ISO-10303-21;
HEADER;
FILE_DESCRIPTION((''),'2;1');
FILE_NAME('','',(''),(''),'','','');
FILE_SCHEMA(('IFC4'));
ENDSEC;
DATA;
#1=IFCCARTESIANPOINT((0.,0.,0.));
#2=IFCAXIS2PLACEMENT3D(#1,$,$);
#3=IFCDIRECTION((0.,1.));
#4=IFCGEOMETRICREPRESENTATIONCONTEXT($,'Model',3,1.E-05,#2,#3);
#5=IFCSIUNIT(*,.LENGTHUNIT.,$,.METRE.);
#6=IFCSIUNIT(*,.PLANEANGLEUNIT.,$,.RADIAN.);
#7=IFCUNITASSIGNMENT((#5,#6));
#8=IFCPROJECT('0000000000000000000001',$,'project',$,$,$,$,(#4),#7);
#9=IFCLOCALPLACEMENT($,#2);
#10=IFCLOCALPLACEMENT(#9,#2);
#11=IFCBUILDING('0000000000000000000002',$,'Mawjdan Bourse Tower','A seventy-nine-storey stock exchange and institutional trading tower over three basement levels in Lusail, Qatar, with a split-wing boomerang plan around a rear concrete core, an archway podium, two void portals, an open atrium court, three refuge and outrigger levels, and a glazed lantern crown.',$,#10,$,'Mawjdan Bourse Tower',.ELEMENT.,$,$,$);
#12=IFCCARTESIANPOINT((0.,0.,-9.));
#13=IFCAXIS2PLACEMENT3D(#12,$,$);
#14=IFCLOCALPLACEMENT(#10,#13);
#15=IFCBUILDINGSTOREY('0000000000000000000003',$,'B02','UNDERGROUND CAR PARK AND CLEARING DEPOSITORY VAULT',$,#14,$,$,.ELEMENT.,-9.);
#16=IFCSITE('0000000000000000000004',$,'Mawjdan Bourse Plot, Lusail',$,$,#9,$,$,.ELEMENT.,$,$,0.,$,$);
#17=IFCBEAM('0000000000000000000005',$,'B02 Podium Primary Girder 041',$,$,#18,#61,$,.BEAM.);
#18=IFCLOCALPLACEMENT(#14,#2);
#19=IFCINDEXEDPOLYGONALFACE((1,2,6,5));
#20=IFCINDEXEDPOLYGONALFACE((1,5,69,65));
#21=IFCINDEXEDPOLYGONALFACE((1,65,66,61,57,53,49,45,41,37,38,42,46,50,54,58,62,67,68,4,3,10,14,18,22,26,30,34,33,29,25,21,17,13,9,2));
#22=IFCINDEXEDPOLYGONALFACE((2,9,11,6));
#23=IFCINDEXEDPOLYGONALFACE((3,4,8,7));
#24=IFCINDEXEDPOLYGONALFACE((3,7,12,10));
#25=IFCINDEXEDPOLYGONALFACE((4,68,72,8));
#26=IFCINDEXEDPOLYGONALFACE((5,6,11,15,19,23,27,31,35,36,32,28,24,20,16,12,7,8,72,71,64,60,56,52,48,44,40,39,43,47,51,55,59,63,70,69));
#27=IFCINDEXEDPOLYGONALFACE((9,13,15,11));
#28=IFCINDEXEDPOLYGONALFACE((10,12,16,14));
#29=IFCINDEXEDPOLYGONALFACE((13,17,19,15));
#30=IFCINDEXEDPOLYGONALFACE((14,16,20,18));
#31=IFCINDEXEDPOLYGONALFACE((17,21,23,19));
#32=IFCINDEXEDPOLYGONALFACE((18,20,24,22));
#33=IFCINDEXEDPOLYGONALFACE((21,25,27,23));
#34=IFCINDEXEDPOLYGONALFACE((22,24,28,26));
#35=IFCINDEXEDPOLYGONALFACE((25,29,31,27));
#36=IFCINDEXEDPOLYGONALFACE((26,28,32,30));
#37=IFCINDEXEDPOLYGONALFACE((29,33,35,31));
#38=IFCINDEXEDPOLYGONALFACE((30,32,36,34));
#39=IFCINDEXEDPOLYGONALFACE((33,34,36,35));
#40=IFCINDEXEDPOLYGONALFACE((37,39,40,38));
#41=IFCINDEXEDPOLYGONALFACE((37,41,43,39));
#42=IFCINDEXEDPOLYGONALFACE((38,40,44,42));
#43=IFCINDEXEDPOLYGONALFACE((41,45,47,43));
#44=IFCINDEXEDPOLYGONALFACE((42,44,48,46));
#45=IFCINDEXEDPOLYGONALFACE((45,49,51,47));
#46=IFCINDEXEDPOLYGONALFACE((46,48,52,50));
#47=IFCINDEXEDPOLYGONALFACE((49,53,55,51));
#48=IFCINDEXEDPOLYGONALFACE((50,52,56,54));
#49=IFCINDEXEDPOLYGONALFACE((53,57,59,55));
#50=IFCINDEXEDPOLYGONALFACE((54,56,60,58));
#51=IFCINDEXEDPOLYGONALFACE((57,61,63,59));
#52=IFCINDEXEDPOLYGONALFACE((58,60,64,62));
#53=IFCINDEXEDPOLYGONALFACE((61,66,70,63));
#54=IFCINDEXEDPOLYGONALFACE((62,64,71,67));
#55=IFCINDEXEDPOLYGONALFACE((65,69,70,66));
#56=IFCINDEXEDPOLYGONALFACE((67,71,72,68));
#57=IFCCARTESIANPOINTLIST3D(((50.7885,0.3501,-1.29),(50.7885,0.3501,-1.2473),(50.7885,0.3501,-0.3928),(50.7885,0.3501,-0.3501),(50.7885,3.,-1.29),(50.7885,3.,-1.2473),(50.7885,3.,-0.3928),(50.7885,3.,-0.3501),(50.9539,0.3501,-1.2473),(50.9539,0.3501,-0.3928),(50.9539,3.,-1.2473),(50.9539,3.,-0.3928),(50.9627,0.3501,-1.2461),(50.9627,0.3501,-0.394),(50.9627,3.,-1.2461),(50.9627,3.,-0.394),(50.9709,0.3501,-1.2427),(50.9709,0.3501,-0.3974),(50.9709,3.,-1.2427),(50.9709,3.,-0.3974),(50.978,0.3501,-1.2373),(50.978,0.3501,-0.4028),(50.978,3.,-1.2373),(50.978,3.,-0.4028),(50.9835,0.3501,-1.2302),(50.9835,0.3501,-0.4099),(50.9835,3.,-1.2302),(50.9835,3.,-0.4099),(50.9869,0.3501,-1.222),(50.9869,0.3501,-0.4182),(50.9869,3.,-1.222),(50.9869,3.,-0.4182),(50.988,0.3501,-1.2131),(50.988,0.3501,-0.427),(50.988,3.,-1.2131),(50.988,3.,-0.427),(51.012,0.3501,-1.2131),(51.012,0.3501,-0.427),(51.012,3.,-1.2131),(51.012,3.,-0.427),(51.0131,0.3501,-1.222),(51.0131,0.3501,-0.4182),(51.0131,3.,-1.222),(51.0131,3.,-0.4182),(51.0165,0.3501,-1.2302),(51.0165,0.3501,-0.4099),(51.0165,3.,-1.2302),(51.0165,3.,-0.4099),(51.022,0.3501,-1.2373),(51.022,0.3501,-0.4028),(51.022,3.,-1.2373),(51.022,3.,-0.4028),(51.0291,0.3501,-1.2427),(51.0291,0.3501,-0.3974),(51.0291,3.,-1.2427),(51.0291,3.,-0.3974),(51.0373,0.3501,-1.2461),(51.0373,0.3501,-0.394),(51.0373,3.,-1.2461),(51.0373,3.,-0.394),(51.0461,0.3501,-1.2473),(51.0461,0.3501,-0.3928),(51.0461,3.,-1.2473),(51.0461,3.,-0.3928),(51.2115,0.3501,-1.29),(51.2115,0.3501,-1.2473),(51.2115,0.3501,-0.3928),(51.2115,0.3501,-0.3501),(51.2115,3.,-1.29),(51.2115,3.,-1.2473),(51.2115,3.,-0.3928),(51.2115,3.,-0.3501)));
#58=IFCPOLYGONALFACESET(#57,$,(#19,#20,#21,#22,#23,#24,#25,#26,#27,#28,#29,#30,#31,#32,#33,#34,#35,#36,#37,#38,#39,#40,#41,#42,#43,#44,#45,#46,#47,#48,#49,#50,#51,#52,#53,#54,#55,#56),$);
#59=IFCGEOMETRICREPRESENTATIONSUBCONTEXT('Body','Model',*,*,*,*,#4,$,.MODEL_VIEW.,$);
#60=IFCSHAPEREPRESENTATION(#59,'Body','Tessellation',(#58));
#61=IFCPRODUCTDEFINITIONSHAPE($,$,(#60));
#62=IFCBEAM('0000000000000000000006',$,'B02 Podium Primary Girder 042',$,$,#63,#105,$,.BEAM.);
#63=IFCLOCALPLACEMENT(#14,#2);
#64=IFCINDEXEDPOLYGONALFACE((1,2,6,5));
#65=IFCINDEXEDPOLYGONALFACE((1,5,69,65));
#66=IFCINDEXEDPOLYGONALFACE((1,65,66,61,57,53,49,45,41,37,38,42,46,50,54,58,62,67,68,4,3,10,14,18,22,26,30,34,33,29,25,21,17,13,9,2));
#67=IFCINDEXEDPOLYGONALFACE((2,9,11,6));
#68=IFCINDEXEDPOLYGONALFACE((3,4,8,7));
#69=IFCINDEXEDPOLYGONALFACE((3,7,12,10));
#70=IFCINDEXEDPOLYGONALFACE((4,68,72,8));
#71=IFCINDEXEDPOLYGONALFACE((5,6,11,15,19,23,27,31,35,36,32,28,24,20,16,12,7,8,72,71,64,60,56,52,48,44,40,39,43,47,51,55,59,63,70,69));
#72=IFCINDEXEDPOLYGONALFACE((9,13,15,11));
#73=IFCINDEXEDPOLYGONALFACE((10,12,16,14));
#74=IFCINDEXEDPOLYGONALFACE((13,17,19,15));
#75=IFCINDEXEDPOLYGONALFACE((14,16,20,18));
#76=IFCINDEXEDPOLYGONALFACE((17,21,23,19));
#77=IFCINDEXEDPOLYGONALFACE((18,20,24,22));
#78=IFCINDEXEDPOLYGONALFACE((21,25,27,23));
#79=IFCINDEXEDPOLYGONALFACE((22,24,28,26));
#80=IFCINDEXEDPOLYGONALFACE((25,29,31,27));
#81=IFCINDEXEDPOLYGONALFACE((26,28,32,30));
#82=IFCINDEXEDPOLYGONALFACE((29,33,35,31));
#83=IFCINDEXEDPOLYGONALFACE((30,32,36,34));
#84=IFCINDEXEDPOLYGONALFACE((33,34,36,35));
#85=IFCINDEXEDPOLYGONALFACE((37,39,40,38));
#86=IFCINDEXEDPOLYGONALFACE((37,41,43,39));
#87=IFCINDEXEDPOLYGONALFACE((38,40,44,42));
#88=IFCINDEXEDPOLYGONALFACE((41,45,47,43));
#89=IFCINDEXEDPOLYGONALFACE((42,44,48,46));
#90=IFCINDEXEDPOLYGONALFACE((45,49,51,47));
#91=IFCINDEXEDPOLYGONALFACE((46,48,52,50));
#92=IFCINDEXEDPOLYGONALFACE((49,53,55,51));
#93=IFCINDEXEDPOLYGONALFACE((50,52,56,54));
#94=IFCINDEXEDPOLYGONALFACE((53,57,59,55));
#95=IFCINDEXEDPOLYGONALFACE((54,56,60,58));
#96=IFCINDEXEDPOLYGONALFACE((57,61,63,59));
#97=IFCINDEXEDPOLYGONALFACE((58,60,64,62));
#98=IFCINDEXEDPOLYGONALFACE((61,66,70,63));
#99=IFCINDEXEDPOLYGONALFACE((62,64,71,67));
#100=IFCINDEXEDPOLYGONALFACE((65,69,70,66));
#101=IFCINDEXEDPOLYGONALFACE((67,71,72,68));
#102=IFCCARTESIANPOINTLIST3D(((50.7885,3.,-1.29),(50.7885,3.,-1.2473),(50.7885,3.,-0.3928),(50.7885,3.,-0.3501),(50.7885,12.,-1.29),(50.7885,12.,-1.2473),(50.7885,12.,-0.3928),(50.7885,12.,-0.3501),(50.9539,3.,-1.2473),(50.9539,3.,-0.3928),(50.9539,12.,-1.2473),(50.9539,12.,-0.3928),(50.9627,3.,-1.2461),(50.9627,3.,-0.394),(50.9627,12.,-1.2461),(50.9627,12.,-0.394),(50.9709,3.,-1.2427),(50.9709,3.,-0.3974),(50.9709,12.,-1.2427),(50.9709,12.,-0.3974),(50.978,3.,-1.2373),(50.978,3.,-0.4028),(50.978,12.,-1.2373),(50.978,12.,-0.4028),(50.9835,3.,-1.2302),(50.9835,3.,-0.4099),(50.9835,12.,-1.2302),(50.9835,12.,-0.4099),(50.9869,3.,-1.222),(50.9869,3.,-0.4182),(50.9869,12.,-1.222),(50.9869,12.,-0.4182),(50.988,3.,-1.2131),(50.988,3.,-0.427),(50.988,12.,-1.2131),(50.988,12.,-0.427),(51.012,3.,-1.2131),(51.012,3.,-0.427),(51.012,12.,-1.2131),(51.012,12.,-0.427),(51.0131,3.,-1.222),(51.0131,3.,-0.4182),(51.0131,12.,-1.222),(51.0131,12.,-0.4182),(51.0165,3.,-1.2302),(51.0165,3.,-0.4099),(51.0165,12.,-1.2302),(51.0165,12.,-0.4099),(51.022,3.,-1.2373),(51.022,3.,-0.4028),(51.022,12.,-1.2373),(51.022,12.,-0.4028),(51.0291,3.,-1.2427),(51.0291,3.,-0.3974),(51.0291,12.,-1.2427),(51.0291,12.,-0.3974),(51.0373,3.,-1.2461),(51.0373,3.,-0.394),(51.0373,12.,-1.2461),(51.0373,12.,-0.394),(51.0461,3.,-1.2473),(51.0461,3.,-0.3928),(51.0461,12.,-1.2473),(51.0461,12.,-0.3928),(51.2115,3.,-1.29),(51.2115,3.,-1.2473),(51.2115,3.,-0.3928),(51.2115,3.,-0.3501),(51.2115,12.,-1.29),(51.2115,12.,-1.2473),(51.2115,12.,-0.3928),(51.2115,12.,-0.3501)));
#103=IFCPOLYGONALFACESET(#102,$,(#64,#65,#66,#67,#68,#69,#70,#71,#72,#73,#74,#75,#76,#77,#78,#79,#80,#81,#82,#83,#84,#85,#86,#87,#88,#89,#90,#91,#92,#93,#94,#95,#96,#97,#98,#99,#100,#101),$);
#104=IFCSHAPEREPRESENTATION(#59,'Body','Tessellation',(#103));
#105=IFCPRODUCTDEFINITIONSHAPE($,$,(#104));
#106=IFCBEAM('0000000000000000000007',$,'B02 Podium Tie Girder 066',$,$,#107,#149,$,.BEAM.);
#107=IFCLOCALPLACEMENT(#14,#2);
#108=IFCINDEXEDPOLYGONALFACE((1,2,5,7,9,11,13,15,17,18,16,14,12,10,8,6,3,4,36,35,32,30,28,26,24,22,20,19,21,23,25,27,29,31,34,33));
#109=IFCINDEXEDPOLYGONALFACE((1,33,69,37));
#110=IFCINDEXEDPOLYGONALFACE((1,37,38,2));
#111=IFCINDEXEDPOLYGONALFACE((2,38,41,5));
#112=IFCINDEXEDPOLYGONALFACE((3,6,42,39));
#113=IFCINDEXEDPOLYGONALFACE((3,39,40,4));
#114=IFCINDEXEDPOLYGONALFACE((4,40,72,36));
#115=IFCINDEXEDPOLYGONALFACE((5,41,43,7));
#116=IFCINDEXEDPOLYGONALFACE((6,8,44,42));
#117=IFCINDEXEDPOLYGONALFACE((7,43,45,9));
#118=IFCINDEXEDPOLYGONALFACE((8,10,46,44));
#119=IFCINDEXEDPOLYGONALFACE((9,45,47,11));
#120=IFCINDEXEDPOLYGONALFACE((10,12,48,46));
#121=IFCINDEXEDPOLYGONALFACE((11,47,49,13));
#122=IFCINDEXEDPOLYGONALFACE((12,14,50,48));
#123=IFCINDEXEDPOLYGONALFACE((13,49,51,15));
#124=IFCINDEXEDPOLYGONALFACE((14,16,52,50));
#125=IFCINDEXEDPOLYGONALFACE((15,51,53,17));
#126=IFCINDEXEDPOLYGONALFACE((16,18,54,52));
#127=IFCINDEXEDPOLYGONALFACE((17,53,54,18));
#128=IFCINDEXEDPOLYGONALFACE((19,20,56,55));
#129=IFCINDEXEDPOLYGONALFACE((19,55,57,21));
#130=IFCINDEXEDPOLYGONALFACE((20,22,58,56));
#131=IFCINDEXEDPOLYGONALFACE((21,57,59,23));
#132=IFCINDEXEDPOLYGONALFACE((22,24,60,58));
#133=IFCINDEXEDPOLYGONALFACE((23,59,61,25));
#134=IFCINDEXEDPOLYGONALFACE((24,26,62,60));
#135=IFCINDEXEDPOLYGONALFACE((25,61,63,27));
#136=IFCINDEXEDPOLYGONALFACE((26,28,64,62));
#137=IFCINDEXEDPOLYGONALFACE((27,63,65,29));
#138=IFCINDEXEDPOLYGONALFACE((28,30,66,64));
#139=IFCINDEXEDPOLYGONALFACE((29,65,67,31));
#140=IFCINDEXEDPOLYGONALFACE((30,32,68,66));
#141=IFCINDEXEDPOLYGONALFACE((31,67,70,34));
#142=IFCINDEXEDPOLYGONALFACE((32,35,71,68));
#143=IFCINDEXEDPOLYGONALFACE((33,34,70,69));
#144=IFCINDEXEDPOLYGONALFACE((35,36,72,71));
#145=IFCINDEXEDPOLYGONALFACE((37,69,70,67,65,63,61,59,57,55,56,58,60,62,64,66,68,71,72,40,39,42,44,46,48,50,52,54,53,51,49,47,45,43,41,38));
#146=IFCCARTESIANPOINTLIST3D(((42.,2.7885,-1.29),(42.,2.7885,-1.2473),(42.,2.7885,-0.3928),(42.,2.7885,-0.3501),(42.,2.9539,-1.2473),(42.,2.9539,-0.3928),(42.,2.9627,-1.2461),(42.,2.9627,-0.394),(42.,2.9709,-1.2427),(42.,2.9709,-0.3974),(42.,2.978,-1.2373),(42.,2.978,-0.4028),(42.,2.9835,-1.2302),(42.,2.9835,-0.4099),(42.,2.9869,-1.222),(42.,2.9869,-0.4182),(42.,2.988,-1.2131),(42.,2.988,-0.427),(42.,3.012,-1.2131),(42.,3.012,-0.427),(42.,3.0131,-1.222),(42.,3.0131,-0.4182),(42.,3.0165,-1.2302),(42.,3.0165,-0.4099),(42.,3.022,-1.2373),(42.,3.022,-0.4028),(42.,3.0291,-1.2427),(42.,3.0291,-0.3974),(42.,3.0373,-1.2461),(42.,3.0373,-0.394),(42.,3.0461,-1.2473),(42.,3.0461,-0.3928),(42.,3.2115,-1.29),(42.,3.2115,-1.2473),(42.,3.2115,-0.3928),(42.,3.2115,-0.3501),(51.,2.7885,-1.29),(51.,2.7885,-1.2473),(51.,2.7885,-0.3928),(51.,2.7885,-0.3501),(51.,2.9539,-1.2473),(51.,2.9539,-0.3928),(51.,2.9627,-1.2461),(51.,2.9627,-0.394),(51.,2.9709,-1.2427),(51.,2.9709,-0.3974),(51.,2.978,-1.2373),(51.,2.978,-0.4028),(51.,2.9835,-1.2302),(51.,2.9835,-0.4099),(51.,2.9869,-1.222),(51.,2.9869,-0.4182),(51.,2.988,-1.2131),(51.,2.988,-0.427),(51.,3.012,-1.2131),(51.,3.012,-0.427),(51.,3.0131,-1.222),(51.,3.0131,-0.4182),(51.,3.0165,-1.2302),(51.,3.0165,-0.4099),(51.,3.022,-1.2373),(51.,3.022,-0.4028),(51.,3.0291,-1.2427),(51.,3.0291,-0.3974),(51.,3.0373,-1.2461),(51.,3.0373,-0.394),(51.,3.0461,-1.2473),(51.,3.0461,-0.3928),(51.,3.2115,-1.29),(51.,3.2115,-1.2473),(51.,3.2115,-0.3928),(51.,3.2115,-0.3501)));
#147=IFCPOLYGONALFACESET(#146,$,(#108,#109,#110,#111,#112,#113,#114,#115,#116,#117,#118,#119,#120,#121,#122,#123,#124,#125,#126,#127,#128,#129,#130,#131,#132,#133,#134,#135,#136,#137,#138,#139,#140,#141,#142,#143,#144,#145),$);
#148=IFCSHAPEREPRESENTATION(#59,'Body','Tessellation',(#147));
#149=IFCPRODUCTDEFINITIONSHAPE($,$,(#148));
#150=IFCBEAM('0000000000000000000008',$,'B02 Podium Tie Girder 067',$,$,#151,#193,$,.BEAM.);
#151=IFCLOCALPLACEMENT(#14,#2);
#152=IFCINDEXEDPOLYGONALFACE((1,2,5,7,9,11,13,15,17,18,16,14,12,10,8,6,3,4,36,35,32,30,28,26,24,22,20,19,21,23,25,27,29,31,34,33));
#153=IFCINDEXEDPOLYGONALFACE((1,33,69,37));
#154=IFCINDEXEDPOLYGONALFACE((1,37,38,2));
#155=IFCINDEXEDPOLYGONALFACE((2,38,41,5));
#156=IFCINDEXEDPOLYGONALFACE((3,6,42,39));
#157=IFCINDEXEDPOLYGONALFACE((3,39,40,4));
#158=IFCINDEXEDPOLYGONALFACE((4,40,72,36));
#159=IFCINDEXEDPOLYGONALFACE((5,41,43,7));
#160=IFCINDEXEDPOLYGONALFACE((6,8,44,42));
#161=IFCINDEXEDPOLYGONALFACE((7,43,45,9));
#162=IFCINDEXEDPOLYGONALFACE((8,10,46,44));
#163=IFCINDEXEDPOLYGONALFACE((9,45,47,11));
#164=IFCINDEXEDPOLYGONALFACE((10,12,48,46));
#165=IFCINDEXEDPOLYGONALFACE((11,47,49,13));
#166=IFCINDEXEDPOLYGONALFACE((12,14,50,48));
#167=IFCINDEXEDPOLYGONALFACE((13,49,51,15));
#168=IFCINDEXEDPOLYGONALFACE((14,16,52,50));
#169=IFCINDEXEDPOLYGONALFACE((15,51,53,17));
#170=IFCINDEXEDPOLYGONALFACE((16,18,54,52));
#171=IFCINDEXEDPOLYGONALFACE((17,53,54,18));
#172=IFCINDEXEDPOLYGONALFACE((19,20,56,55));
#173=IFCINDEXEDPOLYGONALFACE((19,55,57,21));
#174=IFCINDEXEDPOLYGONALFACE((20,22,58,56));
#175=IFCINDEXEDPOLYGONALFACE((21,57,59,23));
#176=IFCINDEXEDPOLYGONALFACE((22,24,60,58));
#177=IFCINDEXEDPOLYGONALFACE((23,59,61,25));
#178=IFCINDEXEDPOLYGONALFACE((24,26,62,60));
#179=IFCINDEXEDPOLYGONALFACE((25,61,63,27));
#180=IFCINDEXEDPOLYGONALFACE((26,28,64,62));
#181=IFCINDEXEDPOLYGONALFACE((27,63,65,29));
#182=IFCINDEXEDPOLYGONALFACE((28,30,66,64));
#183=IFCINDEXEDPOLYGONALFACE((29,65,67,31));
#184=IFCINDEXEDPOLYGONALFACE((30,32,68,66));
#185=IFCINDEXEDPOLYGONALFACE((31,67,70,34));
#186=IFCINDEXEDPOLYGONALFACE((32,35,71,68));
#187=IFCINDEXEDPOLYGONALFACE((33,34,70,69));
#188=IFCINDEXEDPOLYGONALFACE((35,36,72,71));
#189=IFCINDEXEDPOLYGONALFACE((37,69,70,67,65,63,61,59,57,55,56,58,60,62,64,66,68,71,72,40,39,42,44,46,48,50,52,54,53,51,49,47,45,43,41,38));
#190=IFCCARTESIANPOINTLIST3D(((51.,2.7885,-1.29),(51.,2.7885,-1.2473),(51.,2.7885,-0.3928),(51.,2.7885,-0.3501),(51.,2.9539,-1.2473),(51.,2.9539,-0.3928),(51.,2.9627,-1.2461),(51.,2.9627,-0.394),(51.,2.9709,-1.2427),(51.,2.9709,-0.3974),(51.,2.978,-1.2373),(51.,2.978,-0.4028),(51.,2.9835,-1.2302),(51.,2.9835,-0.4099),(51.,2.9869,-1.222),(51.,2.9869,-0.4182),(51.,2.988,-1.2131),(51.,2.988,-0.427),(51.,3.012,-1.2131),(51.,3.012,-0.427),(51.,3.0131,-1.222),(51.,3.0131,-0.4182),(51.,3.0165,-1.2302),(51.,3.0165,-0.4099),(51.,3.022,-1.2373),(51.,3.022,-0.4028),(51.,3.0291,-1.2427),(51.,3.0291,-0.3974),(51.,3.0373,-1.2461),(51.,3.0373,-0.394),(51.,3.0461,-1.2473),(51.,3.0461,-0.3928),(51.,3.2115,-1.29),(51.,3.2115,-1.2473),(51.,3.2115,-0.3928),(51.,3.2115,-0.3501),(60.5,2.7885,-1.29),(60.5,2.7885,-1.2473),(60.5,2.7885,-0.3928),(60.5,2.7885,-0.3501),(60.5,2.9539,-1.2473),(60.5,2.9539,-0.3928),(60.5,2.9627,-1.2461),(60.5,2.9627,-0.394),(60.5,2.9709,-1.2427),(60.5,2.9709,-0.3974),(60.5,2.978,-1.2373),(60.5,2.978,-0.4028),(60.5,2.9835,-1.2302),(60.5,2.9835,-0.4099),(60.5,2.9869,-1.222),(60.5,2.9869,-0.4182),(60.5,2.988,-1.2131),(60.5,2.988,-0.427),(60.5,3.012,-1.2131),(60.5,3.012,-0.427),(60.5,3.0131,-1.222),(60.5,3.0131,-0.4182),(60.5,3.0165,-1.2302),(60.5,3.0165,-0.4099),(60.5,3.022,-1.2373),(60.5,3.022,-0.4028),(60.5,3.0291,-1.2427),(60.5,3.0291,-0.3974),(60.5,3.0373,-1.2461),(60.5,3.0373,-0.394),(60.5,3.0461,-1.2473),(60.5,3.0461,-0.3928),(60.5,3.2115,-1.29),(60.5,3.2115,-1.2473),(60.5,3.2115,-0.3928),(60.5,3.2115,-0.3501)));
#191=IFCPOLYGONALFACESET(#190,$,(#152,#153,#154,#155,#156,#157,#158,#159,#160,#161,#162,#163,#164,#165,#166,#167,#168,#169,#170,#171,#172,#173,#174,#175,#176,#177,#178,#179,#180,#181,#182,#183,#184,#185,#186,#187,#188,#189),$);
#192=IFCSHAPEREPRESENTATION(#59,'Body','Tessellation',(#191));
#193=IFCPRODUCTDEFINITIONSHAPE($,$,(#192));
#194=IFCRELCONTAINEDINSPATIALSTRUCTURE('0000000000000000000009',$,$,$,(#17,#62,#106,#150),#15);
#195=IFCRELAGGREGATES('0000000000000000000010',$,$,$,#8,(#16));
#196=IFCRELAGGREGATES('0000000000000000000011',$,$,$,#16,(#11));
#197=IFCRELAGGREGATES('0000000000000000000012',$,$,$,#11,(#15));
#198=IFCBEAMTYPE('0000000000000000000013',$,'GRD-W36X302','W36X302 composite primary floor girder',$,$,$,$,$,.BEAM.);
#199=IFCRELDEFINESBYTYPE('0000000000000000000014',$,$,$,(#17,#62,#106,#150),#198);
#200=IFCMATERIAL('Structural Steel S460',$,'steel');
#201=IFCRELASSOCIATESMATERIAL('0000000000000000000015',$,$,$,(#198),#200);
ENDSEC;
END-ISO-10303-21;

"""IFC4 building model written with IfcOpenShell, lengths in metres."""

from ifc_helpers import new_model, si_unit, direction, frame, origin, origin_2d, place, context, subcontext, project, spatial, i_section, extrude, material, material_profile, profile_set, type_object, element, save


model = new_model("IFC4")

# Units and contexts
model_context = context("Model", 3, precision=1e-05, world=origin(), true_north=direction((0.0, 1.0)))
body_context = subcontext(model_context, "Body", "Model", "MODEL_VIEW")
ifc_project = project(units=[si_unit("LENGTHUNIT", "METRE"), si_unit("PLANEANGLEUNIT", "RADIAN")], contexts=[model_context])

# Site, building, storey
site_placement = place(None, origin())
site = spatial("IfcSite", under=ifc_project, at=site_placement, Name="Mawjdan Bourse Plot, Lusail", CompositionType="ELEMENT", RefElevation=0.0)
building_placement = place(site_placement, origin())
building = spatial("IfcBuilding", under=site, at=building_placement, Name="Mawjdan Bourse Tower", Description="A seventy-nine-storey stock exchange and institutional trading tower over three basement levels in Lusail, Qatar, with a split-wing boomerang plan around a rear concrete core, an archway podium, two void portals, an open atrium court, three refuge and outrigger levels, and a glazed lantern crown.", LongName="Mawjdan Bourse Tower", CompositionType="ELEMENT")
storey_placement = place(building_placement, frame((0.0, 0.0, -9.0)))
storey = spatial("IfcBuildingStorey", under=building, at=storey_placement, Name="B02", Description="UNDERGROUND CAR PARK AND CLEARING DEPOSITORY VAULT", CompositionType="ELEMENT", Elevation=-9.0)

# Beams
ifc_material_1 = material(Name="Structural Steel S460", Category="steel")
ifc_material_profile_1 = material_profile(ifc_material_1, i_section(OverallWidth=0.4231, OverallDepth=0.9399, WebThickness=0.0239, FlangeThickness=0.0427, FilletRadius=0.0342, at=origin_2d()), Name="W36X302")
ifc_profile_set_1 = profile_set([ifc_material_profile_1], Name="Structural Steel S460")
beam_type_1 = type_object("IfcBeamType", Name="GRD-W36X302", Description="W36X302 composite primary floor girder", PredefinedType="BEAM", material=ifc_profile_set_1)
beam_1_placement = place(storey_placement, frame((51.0, 0.3501, -0.8201), z_axis=(0.0, 1.0, 0.0), x_axis=(-1.0, 0.0, 0.0)))
element("IfcBeam", 1, at=beam_1_placement, inside=storey, type_object=beam_type_1, Name="B02 Podium Primary Girder 041", PredefinedType="BEAM", context=body_context, shape_type="SweptSolid", body=[
    extrude(i_section(OverallWidth=0.4231, OverallDepth=0.9399, WebThickness=0.0239, FlangeThickness=0.0427, FilletRadius=0.0342, at=origin_2d()), origin(), (0.0, 0.0, 1.0), 2.6499),
])
for number, where, z_axis, x_axis, name in (
    (2, (51.0, 3.0, -0.8201), (0.0, 1.0, 0.0), (-1.0, 0.0, 0.0), "B02 Podium Primary Girder 042"),
    (3, (42.0, 3.0, -0.8201), (1.0, 0.0, 0.0), (0.0, 1.0, 0.0), "B02 Podium Tie Girder 066"),
):
    element("IfcBeam", number, at=place(storey_placement, frame(where, z_axis=z_axis, x_axis=x_axis)), inside=storey, type_object=beam_type_1, Name=name, PredefinedType="BEAM", context=body_context, shape_type="SweptSolid", body=[
        extrude(i_section(OverallWidth=0.4231, OverallDepth=0.9399, WebThickness=0.0239, FlangeThickness=0.0427, FilletRadius=0.0342, at=origin_2d()), origin(), (0.0, 0.0, 1.0), 9.0),
    ])
beam_2_placement = place(storey_placement, frame((51.0, 3.0, -0.8201), z_axis=(1.0, 0.0, 0.0), x_axis=(0.0, 1.0, 0.0)))
element("IfcBeam", 4, at=beam_2_placement, inside=storey, type_object=beam_type_1, Name="B02 Podium Tie Girder 067", PredefinedType="BEAM", context=body_context, shape_type="SweptSolid", body=[
    extrude(i_section(OverallWidth=0.4231, OverallDepth=0.9399, WebThickness=0.0239, FlangeThickness=0.0427, FilletRadius=0.0342, at=origin_2d()), origin(), (0.0, 0.0, 1.0), 9.5),
])

save(model, "model.ifc")
